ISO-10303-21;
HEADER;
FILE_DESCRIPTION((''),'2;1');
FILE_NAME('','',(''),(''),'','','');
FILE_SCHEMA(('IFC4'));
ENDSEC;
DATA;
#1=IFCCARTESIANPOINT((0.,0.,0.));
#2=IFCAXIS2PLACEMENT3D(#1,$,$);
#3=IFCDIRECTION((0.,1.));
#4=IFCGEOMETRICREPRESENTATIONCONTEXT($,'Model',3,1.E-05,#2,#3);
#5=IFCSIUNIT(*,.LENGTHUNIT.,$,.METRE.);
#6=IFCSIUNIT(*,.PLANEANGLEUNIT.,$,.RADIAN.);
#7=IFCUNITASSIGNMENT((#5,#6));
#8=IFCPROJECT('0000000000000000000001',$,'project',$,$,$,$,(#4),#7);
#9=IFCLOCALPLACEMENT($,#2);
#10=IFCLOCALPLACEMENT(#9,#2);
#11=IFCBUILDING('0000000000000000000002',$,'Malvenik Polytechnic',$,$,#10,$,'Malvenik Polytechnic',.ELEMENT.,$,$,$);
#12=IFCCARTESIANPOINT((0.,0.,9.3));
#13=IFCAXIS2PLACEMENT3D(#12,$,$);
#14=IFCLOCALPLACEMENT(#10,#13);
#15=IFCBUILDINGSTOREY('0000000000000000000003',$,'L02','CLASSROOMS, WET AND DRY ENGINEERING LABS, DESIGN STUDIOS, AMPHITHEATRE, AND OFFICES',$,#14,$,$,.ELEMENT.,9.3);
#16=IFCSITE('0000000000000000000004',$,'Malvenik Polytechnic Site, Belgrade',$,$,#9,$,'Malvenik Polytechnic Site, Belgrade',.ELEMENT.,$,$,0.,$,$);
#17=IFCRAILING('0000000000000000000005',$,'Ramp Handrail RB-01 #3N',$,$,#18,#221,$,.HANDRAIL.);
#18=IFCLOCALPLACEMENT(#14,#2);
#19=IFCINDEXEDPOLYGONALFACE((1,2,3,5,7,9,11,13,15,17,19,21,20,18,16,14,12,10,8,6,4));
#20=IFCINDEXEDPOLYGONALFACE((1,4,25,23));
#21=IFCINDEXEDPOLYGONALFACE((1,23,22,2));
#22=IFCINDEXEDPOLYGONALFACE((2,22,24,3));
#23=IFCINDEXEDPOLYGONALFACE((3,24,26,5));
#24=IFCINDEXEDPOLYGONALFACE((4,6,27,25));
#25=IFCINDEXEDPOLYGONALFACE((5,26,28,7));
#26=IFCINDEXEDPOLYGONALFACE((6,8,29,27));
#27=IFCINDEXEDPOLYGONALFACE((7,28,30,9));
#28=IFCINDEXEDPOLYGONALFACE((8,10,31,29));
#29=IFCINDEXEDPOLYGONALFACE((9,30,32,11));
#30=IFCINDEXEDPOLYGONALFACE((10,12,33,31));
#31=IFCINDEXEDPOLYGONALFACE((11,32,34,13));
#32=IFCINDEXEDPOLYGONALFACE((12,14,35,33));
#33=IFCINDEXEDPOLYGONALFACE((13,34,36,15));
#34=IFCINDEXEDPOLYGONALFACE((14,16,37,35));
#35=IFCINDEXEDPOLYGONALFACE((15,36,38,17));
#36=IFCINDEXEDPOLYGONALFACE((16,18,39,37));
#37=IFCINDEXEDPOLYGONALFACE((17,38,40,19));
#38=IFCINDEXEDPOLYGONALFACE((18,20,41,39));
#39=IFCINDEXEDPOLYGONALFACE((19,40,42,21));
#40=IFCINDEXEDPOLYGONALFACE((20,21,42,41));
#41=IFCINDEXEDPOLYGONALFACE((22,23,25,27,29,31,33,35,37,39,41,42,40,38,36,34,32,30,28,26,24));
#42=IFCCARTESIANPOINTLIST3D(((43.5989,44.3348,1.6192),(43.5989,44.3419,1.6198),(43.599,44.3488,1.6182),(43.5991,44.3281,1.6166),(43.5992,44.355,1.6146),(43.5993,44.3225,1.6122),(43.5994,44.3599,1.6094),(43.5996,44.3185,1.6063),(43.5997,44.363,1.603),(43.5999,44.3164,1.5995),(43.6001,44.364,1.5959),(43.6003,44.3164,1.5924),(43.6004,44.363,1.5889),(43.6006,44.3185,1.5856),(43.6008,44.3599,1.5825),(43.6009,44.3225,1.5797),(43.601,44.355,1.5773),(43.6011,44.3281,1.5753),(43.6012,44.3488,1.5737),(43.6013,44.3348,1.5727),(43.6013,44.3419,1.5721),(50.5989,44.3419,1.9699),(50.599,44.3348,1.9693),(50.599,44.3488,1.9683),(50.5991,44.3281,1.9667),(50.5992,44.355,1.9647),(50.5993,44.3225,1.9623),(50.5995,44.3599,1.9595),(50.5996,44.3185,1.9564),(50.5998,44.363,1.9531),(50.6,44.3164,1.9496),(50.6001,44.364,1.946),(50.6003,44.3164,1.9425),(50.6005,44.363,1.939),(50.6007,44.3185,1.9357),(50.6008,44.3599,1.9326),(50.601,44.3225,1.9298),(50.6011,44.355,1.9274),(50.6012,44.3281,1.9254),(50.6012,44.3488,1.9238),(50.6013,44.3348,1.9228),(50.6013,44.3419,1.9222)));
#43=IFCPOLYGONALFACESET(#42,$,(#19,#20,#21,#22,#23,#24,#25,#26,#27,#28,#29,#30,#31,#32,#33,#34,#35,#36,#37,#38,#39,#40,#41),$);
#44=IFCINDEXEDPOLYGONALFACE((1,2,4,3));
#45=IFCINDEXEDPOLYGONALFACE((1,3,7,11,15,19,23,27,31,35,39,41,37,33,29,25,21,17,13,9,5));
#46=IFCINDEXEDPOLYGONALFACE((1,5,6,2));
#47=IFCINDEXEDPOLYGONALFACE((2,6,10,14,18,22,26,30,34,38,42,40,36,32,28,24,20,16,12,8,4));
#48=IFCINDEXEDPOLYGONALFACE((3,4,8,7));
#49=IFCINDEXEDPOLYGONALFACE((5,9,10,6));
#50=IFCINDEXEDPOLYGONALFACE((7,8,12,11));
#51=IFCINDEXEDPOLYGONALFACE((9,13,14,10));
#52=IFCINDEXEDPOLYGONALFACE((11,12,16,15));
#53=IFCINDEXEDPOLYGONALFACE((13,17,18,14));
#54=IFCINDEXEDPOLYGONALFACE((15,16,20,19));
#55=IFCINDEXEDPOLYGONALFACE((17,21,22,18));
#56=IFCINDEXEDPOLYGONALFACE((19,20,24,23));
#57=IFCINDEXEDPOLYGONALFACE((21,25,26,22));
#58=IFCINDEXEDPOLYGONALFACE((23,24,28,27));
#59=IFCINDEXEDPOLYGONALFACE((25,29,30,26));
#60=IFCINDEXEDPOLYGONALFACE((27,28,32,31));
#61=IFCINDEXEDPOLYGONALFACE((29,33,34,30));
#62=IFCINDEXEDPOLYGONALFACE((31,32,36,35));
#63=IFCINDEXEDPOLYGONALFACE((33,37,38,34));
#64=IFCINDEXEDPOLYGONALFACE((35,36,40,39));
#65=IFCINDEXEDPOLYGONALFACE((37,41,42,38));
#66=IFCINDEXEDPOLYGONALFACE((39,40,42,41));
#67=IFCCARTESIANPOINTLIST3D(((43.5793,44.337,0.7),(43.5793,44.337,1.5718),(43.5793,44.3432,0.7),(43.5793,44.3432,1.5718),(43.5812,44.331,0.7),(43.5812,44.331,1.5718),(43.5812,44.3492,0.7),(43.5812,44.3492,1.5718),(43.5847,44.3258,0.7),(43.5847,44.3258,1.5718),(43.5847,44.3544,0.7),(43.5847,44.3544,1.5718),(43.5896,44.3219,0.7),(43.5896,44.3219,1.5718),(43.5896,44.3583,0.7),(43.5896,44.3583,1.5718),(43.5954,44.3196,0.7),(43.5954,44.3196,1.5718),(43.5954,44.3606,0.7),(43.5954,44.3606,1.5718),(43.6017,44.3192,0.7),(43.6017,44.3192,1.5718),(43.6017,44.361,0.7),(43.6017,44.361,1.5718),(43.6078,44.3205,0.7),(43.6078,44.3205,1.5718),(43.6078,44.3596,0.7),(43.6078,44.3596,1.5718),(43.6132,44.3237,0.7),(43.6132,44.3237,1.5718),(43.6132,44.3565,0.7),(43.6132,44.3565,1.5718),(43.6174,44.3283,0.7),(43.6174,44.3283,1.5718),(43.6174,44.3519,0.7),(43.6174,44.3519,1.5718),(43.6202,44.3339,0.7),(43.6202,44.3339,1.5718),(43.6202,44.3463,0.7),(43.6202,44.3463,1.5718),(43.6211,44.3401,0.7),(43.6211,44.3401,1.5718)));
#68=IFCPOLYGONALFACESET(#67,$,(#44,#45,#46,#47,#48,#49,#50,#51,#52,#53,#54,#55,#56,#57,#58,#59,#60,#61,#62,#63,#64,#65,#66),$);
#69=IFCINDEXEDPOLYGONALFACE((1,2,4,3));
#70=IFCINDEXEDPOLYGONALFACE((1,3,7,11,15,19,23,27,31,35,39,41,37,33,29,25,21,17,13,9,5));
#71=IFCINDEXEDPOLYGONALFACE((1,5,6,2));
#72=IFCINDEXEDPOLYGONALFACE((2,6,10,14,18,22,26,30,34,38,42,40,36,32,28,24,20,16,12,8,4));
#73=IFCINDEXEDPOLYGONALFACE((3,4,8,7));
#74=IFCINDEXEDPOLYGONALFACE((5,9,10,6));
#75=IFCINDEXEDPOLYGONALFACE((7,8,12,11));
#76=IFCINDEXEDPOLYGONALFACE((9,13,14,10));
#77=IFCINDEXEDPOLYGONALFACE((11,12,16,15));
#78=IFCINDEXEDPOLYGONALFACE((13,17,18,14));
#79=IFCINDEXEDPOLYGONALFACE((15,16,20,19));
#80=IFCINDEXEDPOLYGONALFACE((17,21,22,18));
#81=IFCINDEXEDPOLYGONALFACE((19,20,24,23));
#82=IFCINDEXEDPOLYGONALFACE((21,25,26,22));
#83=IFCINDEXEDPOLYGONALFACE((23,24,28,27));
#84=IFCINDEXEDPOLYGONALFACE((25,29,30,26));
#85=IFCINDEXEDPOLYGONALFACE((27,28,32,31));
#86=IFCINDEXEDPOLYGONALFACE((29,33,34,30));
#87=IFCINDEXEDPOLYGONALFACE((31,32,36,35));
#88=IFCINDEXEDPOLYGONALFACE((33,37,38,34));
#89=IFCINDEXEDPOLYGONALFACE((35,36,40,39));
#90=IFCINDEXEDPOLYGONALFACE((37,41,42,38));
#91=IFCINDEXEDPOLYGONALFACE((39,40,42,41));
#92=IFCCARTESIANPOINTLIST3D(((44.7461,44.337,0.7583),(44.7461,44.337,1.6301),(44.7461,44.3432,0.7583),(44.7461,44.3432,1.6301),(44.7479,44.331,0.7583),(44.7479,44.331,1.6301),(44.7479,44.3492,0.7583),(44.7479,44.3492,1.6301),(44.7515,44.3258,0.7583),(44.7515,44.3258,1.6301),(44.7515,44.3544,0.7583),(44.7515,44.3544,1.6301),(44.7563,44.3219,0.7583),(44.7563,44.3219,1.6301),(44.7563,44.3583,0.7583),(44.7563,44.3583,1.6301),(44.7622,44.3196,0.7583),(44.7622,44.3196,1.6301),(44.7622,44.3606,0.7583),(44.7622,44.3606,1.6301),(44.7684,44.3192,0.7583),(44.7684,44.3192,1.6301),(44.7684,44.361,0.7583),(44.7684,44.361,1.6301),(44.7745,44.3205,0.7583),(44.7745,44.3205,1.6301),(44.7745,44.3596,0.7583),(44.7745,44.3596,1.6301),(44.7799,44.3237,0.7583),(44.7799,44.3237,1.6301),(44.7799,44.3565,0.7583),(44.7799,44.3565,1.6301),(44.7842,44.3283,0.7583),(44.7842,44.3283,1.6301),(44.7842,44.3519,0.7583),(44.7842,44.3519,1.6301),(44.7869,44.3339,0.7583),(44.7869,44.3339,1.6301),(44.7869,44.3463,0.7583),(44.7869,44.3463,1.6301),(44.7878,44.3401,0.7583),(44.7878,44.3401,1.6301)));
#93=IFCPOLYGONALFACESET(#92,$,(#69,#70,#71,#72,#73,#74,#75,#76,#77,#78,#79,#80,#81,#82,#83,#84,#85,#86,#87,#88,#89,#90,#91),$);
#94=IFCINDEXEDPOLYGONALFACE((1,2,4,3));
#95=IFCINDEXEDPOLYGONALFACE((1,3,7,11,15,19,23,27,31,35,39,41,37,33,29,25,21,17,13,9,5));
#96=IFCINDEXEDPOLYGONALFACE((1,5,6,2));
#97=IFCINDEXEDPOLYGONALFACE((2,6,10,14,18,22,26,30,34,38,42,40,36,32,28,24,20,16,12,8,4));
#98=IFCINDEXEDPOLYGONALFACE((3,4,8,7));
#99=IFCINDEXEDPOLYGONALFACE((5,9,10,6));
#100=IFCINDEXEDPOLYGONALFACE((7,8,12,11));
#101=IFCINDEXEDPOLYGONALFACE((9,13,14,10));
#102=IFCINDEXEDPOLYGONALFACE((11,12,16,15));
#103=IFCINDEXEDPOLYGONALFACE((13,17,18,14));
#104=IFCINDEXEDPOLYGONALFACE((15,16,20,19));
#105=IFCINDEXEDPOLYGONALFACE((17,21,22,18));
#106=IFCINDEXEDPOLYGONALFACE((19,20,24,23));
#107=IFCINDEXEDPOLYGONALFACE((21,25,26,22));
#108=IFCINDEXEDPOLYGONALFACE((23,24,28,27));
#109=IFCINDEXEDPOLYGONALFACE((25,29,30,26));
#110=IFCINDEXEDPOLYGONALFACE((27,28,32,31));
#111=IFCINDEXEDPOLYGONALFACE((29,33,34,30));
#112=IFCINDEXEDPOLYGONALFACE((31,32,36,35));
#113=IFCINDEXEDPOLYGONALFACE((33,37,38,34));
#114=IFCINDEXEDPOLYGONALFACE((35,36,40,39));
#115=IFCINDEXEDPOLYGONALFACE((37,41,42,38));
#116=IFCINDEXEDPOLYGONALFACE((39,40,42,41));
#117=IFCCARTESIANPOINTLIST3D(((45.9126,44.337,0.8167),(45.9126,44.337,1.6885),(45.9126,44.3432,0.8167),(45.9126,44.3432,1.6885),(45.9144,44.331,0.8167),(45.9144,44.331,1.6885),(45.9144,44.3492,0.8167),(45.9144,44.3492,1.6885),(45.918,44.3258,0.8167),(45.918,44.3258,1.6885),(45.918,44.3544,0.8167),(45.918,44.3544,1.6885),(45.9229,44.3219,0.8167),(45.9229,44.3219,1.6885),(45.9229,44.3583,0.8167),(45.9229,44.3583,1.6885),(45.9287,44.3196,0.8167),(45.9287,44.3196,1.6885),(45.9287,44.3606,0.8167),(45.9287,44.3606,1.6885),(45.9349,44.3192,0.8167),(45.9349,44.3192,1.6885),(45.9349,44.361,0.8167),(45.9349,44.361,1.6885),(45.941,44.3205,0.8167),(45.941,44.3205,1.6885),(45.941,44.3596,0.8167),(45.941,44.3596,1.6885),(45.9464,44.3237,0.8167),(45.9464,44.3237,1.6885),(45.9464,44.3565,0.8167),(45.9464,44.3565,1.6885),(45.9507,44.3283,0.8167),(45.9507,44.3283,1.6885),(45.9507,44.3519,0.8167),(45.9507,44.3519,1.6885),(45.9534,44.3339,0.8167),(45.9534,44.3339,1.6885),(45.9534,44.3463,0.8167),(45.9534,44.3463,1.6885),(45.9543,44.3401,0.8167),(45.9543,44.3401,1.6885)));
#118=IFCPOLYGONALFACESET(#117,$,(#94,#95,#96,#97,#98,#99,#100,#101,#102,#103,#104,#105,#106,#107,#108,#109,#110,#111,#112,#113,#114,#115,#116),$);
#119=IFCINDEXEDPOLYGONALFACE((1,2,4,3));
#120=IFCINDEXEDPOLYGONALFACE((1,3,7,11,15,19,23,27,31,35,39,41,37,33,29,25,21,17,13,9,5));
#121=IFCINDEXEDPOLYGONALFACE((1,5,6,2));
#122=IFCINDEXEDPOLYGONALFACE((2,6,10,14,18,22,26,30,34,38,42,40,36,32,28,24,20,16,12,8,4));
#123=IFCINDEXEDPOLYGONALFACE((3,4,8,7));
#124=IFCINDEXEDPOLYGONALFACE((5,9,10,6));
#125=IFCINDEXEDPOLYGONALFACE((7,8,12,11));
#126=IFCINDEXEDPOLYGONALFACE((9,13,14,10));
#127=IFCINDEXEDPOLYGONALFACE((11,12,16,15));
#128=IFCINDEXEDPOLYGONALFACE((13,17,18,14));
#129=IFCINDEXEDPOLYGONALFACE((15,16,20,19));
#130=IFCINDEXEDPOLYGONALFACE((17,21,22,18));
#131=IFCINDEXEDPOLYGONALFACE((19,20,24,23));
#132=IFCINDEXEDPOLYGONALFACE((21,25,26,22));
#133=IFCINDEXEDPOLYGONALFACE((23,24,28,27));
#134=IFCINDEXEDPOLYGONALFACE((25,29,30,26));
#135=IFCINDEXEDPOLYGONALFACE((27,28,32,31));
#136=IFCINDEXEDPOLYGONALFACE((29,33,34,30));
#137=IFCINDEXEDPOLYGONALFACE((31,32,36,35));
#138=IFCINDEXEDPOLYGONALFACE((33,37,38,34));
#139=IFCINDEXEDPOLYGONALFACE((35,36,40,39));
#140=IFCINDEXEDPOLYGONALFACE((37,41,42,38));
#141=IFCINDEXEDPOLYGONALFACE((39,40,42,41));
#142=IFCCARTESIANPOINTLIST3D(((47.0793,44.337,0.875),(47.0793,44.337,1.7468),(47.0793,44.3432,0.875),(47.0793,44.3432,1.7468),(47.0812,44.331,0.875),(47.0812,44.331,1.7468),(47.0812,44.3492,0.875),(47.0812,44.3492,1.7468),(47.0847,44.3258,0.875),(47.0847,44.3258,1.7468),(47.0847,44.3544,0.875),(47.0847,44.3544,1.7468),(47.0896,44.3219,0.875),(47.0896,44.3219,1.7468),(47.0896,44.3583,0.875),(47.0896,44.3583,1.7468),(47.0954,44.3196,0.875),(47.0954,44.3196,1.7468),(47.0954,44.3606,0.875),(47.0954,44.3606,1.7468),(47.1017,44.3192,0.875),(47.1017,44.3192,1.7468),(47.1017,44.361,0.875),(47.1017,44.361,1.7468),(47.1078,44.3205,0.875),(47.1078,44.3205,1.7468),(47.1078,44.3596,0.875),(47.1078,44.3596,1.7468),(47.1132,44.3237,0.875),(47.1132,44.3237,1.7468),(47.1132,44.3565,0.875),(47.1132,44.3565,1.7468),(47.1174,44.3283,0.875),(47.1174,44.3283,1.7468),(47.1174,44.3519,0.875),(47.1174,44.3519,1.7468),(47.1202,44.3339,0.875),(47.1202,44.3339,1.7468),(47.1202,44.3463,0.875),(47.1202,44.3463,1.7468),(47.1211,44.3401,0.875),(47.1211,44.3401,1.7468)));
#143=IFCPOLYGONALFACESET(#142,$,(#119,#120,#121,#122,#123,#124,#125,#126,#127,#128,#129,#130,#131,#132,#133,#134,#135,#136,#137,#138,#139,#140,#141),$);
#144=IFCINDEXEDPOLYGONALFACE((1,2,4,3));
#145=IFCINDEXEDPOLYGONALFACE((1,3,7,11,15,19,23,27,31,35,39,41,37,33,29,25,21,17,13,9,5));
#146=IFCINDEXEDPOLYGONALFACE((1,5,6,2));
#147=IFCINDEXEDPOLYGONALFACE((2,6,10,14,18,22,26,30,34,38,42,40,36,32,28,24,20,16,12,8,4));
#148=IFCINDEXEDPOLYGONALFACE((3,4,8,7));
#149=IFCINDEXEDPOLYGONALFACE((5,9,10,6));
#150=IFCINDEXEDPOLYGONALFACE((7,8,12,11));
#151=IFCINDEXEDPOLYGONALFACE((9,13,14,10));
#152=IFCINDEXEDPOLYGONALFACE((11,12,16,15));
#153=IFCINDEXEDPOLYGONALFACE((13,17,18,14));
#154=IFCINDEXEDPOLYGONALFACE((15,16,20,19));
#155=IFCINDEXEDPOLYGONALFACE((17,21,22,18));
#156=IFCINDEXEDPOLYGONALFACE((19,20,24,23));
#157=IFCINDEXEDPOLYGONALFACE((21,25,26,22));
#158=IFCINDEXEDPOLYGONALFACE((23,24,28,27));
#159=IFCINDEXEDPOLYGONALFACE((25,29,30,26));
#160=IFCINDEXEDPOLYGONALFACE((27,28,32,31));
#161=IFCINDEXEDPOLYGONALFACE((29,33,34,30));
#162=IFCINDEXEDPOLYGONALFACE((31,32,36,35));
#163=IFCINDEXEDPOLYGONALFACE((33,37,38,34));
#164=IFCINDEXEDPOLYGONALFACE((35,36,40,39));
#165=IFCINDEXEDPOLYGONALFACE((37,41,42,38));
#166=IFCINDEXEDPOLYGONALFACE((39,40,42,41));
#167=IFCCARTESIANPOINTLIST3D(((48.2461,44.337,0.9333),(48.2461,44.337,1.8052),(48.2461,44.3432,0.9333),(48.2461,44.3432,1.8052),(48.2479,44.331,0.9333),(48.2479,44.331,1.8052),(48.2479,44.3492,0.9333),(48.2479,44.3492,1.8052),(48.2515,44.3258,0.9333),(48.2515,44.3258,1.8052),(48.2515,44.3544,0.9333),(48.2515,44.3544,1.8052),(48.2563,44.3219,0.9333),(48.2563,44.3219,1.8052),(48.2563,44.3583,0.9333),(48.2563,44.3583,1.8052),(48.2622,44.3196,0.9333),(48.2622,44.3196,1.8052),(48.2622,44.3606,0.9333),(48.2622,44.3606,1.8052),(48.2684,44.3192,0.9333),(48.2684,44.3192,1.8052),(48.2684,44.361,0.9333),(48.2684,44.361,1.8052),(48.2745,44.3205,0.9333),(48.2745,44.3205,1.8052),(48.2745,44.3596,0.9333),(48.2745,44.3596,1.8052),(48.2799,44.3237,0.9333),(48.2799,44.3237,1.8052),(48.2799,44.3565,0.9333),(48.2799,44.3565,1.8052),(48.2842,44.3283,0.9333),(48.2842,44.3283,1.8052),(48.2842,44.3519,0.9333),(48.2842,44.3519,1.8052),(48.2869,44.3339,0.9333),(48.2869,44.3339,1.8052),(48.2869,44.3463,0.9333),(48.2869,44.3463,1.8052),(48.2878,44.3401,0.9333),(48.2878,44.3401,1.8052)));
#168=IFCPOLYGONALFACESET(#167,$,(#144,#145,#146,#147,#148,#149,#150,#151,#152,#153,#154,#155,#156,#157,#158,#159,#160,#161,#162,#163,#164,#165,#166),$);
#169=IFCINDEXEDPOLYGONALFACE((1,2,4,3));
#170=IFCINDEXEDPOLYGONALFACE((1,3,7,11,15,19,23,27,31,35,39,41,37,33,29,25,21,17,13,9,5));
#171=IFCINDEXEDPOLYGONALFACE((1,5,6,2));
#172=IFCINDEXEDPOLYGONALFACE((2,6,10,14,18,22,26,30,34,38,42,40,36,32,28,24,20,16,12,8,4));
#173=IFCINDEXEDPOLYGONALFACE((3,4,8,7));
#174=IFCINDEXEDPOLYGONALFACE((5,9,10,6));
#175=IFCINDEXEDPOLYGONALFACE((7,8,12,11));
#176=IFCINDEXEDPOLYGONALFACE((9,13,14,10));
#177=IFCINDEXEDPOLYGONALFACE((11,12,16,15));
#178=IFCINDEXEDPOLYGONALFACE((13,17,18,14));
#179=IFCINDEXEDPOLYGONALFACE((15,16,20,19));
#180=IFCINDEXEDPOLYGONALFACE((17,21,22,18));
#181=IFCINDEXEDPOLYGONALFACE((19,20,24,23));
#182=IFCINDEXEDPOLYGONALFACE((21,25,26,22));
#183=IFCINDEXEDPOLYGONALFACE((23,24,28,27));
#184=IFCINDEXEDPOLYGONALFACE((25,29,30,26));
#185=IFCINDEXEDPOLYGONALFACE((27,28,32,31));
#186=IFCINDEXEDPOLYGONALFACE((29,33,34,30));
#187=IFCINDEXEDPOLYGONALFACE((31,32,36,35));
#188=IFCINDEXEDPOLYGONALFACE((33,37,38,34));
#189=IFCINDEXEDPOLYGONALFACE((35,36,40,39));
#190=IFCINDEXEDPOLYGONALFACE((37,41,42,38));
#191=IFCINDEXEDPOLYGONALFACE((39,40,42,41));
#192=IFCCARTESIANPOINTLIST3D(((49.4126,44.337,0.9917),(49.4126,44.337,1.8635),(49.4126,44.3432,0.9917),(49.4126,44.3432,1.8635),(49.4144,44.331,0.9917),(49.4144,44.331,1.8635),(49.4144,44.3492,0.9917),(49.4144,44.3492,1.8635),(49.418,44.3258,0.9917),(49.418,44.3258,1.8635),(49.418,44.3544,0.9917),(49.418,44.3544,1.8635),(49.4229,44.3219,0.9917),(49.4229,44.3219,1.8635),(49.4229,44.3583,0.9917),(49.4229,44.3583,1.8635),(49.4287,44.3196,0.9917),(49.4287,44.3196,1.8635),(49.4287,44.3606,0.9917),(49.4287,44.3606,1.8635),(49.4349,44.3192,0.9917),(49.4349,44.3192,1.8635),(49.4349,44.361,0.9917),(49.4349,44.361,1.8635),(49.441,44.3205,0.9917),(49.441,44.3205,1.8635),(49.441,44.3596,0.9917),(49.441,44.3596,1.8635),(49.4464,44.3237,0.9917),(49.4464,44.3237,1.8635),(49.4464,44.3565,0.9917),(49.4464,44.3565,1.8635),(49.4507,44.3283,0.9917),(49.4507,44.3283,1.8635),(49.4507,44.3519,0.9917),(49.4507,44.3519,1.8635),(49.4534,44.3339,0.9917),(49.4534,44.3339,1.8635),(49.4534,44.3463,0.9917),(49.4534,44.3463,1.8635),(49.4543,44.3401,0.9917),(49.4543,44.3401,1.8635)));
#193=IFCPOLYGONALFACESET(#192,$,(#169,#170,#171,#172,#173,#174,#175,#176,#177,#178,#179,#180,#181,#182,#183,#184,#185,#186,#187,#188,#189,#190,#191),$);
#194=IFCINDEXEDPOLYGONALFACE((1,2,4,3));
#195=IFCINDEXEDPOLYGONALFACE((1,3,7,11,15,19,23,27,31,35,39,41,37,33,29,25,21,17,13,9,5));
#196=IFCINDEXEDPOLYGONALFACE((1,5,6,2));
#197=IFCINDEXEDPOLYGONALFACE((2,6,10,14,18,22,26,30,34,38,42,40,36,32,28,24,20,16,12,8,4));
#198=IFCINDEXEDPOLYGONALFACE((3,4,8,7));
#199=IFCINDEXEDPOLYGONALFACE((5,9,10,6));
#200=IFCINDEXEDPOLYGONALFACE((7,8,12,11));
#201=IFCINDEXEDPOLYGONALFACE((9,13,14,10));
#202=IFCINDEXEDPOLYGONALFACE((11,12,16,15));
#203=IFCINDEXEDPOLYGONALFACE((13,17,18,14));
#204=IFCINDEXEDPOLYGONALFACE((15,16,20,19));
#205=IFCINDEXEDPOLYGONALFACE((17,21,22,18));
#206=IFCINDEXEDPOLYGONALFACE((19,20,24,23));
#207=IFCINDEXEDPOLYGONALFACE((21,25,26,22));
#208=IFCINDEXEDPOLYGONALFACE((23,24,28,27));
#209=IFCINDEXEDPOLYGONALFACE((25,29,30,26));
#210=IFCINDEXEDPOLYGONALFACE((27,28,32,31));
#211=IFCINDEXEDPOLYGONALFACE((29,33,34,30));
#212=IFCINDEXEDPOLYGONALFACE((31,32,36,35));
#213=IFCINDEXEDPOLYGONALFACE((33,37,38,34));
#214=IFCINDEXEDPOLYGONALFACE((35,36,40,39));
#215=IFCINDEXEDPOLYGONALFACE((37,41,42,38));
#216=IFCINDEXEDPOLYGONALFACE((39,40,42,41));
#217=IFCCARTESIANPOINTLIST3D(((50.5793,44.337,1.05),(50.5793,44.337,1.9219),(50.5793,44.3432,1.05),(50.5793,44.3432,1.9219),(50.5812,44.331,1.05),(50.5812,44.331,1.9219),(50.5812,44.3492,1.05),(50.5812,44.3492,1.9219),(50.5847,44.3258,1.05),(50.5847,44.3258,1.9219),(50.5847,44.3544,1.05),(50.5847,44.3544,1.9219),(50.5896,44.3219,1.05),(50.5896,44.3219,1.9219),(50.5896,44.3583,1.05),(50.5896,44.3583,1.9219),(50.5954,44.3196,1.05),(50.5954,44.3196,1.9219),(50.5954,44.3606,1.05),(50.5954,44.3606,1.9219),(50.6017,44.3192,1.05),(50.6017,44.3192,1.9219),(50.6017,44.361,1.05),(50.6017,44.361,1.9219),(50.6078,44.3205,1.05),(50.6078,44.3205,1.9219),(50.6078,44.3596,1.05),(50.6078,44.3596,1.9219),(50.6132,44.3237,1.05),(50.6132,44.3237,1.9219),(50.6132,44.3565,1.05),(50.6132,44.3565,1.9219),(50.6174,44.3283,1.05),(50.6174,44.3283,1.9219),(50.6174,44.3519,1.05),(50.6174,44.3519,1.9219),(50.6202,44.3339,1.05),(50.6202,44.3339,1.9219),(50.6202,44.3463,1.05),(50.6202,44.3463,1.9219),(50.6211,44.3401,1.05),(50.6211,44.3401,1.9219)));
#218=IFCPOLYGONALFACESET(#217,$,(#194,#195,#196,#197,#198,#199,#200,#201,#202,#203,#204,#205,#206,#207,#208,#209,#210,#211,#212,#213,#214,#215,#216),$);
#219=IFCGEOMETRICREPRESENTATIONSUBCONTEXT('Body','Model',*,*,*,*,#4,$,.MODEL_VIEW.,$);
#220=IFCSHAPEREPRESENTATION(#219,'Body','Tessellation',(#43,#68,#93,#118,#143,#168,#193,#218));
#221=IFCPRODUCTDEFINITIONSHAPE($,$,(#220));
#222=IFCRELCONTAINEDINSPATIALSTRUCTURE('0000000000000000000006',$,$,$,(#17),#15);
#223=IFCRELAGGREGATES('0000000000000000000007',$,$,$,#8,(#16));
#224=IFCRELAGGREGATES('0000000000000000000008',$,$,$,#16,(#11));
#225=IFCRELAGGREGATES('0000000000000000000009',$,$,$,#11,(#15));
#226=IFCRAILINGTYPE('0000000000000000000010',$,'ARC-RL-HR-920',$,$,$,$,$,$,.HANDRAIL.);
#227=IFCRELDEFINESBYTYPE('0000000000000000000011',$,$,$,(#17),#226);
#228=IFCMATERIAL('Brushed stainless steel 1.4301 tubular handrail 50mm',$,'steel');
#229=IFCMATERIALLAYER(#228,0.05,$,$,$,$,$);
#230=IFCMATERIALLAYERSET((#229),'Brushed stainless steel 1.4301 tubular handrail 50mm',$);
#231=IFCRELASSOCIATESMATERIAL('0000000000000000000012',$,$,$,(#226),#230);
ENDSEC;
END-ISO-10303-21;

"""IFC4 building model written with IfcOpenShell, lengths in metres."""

from ifc_helpers import new_model, si_unit, direction, frame, origin, origin_2d, place, context, subcontext, project, spatial, circle, extrude, material, layer, layer_set, type_object, element, save


model = new_model("IFC4")

# Units and contexts
model_context = context("Model", 3, precision=1e-05, world=origin(), true_north=direction((0.0, 1.0)))
body_context = subcontext(model_context, "Body", "Model", "MODEL_VIEW")
ifc_project = project(units=[si_unit("LENGTHUNIT", "METRE"), si_unit("PLANEANGLEUNIT", "RADIAN")], contexts=[model_context])

# Site, building, storey
site_placement = place(None, origin())
site = spatial("IfcSite", under=ifc_project, at=site_placement, Name="Malvenik Polytechnic Site, Belgrade", LongName="Malvenik Polytechnic Site, Belgrade", CompositionType="ELEMENT", RefElevation=0.0)
building_placement = place(site_placement, origin())
building = spatial("IfcBuilding", under=site, at=building_placement, Name="Malvenik Polytechnic", LongName="Malvenik Polytechnic", CompositionType="ELEMENT")
storey_placement = place(building_placement, frame((0.0, 0.0, 9.3)))
storey = spatial("IfcBuildingStorey", under=building, at=storey_placement, Name="L02", Description="CLASSROOMS, WET AND DRY ENGINEERING LABS, DESIGN STUDIOS, AMPHITHEATRE, AND OFFICES", CompositionType="ELEMENT", Elevation=9.3)

# Railing
ifc_material_1 = material(Name="Brushed stainless steel 1.4301 tubular handrail 50mm", Category="steel")
ifc_layer_1 = layer(ifc_material_1, 0.05)
ifc_layer_set_1 = layer_set([ifc_layer_1], Name="Brushed stainless steel 1.4301 tubular handrail 50mm")
railing_type_1 = type_object("IfcRailingType", Name="ARC-RL-HR-920", PredefinedType="HANDRAIL", material=ifc_layer_set_1)
railing_1_placement = place(storey_placement, frame((43.6001, 44.3401, 0.7)))
element("IfcRailing", 1, at=railing_1_placement, inside=storey, type_object=railing_type_1, Name="Ramp Handrail RB-01 #3N", PredefinedType="HANDRAIL", context=body_context, shape_type="SweptSolid", body=[
    extrude(circle(Radius=0.0239, at=origin_2d()), frame((0.0, 0.0, 0.896), z_axis=(0.998752, 0.0, 0.049952), x_axis=(0.0, 1.0, 0.0)), (0.0, 0.0, 1.0), 7.0088),
    extrude(circle(Radius=0.021, at=origin_2d()), origin(), (0.0, 0.0, 1.0), 0.8718),
    extrude(circle(Radius=0.021, at=origin_2d()), frame((1.1667, 0.0, 0.0583)), (0.0, 0.0, 1.0), 0.8718),
    extrude(circle(Radius=0.021, at=origin_2d()), frame((2.3333, 0.0, 0.1167)), (0.0, 0.0, 1.0), 0.8718),
    extrude(circle(Radius=0.021, at=origin_2d()), frame((3.5, 0.0, 0.175)), (0.0, 0.0, 1.0), 0.8718),
    extrude(circle(Radius=0.021, at=origin_2d()), frame((4.6667, 0.0, 0.2334)), (0.0, 0.0, 1.0), 0.8718),
    extrude(circle(Radius=0.021, at=origin_2d()), frame((5.8333, 0.0, 0.2917)), (0.0, 0.0, 1.0), 0.8718),
    extrude(circle(Radius=0.021, at=origin_2d()), frame((7.0, 0.0, 0.3501)), (0.0, 0.0, 1.0), 0.8718),
])

save(model, "model.ifc")
